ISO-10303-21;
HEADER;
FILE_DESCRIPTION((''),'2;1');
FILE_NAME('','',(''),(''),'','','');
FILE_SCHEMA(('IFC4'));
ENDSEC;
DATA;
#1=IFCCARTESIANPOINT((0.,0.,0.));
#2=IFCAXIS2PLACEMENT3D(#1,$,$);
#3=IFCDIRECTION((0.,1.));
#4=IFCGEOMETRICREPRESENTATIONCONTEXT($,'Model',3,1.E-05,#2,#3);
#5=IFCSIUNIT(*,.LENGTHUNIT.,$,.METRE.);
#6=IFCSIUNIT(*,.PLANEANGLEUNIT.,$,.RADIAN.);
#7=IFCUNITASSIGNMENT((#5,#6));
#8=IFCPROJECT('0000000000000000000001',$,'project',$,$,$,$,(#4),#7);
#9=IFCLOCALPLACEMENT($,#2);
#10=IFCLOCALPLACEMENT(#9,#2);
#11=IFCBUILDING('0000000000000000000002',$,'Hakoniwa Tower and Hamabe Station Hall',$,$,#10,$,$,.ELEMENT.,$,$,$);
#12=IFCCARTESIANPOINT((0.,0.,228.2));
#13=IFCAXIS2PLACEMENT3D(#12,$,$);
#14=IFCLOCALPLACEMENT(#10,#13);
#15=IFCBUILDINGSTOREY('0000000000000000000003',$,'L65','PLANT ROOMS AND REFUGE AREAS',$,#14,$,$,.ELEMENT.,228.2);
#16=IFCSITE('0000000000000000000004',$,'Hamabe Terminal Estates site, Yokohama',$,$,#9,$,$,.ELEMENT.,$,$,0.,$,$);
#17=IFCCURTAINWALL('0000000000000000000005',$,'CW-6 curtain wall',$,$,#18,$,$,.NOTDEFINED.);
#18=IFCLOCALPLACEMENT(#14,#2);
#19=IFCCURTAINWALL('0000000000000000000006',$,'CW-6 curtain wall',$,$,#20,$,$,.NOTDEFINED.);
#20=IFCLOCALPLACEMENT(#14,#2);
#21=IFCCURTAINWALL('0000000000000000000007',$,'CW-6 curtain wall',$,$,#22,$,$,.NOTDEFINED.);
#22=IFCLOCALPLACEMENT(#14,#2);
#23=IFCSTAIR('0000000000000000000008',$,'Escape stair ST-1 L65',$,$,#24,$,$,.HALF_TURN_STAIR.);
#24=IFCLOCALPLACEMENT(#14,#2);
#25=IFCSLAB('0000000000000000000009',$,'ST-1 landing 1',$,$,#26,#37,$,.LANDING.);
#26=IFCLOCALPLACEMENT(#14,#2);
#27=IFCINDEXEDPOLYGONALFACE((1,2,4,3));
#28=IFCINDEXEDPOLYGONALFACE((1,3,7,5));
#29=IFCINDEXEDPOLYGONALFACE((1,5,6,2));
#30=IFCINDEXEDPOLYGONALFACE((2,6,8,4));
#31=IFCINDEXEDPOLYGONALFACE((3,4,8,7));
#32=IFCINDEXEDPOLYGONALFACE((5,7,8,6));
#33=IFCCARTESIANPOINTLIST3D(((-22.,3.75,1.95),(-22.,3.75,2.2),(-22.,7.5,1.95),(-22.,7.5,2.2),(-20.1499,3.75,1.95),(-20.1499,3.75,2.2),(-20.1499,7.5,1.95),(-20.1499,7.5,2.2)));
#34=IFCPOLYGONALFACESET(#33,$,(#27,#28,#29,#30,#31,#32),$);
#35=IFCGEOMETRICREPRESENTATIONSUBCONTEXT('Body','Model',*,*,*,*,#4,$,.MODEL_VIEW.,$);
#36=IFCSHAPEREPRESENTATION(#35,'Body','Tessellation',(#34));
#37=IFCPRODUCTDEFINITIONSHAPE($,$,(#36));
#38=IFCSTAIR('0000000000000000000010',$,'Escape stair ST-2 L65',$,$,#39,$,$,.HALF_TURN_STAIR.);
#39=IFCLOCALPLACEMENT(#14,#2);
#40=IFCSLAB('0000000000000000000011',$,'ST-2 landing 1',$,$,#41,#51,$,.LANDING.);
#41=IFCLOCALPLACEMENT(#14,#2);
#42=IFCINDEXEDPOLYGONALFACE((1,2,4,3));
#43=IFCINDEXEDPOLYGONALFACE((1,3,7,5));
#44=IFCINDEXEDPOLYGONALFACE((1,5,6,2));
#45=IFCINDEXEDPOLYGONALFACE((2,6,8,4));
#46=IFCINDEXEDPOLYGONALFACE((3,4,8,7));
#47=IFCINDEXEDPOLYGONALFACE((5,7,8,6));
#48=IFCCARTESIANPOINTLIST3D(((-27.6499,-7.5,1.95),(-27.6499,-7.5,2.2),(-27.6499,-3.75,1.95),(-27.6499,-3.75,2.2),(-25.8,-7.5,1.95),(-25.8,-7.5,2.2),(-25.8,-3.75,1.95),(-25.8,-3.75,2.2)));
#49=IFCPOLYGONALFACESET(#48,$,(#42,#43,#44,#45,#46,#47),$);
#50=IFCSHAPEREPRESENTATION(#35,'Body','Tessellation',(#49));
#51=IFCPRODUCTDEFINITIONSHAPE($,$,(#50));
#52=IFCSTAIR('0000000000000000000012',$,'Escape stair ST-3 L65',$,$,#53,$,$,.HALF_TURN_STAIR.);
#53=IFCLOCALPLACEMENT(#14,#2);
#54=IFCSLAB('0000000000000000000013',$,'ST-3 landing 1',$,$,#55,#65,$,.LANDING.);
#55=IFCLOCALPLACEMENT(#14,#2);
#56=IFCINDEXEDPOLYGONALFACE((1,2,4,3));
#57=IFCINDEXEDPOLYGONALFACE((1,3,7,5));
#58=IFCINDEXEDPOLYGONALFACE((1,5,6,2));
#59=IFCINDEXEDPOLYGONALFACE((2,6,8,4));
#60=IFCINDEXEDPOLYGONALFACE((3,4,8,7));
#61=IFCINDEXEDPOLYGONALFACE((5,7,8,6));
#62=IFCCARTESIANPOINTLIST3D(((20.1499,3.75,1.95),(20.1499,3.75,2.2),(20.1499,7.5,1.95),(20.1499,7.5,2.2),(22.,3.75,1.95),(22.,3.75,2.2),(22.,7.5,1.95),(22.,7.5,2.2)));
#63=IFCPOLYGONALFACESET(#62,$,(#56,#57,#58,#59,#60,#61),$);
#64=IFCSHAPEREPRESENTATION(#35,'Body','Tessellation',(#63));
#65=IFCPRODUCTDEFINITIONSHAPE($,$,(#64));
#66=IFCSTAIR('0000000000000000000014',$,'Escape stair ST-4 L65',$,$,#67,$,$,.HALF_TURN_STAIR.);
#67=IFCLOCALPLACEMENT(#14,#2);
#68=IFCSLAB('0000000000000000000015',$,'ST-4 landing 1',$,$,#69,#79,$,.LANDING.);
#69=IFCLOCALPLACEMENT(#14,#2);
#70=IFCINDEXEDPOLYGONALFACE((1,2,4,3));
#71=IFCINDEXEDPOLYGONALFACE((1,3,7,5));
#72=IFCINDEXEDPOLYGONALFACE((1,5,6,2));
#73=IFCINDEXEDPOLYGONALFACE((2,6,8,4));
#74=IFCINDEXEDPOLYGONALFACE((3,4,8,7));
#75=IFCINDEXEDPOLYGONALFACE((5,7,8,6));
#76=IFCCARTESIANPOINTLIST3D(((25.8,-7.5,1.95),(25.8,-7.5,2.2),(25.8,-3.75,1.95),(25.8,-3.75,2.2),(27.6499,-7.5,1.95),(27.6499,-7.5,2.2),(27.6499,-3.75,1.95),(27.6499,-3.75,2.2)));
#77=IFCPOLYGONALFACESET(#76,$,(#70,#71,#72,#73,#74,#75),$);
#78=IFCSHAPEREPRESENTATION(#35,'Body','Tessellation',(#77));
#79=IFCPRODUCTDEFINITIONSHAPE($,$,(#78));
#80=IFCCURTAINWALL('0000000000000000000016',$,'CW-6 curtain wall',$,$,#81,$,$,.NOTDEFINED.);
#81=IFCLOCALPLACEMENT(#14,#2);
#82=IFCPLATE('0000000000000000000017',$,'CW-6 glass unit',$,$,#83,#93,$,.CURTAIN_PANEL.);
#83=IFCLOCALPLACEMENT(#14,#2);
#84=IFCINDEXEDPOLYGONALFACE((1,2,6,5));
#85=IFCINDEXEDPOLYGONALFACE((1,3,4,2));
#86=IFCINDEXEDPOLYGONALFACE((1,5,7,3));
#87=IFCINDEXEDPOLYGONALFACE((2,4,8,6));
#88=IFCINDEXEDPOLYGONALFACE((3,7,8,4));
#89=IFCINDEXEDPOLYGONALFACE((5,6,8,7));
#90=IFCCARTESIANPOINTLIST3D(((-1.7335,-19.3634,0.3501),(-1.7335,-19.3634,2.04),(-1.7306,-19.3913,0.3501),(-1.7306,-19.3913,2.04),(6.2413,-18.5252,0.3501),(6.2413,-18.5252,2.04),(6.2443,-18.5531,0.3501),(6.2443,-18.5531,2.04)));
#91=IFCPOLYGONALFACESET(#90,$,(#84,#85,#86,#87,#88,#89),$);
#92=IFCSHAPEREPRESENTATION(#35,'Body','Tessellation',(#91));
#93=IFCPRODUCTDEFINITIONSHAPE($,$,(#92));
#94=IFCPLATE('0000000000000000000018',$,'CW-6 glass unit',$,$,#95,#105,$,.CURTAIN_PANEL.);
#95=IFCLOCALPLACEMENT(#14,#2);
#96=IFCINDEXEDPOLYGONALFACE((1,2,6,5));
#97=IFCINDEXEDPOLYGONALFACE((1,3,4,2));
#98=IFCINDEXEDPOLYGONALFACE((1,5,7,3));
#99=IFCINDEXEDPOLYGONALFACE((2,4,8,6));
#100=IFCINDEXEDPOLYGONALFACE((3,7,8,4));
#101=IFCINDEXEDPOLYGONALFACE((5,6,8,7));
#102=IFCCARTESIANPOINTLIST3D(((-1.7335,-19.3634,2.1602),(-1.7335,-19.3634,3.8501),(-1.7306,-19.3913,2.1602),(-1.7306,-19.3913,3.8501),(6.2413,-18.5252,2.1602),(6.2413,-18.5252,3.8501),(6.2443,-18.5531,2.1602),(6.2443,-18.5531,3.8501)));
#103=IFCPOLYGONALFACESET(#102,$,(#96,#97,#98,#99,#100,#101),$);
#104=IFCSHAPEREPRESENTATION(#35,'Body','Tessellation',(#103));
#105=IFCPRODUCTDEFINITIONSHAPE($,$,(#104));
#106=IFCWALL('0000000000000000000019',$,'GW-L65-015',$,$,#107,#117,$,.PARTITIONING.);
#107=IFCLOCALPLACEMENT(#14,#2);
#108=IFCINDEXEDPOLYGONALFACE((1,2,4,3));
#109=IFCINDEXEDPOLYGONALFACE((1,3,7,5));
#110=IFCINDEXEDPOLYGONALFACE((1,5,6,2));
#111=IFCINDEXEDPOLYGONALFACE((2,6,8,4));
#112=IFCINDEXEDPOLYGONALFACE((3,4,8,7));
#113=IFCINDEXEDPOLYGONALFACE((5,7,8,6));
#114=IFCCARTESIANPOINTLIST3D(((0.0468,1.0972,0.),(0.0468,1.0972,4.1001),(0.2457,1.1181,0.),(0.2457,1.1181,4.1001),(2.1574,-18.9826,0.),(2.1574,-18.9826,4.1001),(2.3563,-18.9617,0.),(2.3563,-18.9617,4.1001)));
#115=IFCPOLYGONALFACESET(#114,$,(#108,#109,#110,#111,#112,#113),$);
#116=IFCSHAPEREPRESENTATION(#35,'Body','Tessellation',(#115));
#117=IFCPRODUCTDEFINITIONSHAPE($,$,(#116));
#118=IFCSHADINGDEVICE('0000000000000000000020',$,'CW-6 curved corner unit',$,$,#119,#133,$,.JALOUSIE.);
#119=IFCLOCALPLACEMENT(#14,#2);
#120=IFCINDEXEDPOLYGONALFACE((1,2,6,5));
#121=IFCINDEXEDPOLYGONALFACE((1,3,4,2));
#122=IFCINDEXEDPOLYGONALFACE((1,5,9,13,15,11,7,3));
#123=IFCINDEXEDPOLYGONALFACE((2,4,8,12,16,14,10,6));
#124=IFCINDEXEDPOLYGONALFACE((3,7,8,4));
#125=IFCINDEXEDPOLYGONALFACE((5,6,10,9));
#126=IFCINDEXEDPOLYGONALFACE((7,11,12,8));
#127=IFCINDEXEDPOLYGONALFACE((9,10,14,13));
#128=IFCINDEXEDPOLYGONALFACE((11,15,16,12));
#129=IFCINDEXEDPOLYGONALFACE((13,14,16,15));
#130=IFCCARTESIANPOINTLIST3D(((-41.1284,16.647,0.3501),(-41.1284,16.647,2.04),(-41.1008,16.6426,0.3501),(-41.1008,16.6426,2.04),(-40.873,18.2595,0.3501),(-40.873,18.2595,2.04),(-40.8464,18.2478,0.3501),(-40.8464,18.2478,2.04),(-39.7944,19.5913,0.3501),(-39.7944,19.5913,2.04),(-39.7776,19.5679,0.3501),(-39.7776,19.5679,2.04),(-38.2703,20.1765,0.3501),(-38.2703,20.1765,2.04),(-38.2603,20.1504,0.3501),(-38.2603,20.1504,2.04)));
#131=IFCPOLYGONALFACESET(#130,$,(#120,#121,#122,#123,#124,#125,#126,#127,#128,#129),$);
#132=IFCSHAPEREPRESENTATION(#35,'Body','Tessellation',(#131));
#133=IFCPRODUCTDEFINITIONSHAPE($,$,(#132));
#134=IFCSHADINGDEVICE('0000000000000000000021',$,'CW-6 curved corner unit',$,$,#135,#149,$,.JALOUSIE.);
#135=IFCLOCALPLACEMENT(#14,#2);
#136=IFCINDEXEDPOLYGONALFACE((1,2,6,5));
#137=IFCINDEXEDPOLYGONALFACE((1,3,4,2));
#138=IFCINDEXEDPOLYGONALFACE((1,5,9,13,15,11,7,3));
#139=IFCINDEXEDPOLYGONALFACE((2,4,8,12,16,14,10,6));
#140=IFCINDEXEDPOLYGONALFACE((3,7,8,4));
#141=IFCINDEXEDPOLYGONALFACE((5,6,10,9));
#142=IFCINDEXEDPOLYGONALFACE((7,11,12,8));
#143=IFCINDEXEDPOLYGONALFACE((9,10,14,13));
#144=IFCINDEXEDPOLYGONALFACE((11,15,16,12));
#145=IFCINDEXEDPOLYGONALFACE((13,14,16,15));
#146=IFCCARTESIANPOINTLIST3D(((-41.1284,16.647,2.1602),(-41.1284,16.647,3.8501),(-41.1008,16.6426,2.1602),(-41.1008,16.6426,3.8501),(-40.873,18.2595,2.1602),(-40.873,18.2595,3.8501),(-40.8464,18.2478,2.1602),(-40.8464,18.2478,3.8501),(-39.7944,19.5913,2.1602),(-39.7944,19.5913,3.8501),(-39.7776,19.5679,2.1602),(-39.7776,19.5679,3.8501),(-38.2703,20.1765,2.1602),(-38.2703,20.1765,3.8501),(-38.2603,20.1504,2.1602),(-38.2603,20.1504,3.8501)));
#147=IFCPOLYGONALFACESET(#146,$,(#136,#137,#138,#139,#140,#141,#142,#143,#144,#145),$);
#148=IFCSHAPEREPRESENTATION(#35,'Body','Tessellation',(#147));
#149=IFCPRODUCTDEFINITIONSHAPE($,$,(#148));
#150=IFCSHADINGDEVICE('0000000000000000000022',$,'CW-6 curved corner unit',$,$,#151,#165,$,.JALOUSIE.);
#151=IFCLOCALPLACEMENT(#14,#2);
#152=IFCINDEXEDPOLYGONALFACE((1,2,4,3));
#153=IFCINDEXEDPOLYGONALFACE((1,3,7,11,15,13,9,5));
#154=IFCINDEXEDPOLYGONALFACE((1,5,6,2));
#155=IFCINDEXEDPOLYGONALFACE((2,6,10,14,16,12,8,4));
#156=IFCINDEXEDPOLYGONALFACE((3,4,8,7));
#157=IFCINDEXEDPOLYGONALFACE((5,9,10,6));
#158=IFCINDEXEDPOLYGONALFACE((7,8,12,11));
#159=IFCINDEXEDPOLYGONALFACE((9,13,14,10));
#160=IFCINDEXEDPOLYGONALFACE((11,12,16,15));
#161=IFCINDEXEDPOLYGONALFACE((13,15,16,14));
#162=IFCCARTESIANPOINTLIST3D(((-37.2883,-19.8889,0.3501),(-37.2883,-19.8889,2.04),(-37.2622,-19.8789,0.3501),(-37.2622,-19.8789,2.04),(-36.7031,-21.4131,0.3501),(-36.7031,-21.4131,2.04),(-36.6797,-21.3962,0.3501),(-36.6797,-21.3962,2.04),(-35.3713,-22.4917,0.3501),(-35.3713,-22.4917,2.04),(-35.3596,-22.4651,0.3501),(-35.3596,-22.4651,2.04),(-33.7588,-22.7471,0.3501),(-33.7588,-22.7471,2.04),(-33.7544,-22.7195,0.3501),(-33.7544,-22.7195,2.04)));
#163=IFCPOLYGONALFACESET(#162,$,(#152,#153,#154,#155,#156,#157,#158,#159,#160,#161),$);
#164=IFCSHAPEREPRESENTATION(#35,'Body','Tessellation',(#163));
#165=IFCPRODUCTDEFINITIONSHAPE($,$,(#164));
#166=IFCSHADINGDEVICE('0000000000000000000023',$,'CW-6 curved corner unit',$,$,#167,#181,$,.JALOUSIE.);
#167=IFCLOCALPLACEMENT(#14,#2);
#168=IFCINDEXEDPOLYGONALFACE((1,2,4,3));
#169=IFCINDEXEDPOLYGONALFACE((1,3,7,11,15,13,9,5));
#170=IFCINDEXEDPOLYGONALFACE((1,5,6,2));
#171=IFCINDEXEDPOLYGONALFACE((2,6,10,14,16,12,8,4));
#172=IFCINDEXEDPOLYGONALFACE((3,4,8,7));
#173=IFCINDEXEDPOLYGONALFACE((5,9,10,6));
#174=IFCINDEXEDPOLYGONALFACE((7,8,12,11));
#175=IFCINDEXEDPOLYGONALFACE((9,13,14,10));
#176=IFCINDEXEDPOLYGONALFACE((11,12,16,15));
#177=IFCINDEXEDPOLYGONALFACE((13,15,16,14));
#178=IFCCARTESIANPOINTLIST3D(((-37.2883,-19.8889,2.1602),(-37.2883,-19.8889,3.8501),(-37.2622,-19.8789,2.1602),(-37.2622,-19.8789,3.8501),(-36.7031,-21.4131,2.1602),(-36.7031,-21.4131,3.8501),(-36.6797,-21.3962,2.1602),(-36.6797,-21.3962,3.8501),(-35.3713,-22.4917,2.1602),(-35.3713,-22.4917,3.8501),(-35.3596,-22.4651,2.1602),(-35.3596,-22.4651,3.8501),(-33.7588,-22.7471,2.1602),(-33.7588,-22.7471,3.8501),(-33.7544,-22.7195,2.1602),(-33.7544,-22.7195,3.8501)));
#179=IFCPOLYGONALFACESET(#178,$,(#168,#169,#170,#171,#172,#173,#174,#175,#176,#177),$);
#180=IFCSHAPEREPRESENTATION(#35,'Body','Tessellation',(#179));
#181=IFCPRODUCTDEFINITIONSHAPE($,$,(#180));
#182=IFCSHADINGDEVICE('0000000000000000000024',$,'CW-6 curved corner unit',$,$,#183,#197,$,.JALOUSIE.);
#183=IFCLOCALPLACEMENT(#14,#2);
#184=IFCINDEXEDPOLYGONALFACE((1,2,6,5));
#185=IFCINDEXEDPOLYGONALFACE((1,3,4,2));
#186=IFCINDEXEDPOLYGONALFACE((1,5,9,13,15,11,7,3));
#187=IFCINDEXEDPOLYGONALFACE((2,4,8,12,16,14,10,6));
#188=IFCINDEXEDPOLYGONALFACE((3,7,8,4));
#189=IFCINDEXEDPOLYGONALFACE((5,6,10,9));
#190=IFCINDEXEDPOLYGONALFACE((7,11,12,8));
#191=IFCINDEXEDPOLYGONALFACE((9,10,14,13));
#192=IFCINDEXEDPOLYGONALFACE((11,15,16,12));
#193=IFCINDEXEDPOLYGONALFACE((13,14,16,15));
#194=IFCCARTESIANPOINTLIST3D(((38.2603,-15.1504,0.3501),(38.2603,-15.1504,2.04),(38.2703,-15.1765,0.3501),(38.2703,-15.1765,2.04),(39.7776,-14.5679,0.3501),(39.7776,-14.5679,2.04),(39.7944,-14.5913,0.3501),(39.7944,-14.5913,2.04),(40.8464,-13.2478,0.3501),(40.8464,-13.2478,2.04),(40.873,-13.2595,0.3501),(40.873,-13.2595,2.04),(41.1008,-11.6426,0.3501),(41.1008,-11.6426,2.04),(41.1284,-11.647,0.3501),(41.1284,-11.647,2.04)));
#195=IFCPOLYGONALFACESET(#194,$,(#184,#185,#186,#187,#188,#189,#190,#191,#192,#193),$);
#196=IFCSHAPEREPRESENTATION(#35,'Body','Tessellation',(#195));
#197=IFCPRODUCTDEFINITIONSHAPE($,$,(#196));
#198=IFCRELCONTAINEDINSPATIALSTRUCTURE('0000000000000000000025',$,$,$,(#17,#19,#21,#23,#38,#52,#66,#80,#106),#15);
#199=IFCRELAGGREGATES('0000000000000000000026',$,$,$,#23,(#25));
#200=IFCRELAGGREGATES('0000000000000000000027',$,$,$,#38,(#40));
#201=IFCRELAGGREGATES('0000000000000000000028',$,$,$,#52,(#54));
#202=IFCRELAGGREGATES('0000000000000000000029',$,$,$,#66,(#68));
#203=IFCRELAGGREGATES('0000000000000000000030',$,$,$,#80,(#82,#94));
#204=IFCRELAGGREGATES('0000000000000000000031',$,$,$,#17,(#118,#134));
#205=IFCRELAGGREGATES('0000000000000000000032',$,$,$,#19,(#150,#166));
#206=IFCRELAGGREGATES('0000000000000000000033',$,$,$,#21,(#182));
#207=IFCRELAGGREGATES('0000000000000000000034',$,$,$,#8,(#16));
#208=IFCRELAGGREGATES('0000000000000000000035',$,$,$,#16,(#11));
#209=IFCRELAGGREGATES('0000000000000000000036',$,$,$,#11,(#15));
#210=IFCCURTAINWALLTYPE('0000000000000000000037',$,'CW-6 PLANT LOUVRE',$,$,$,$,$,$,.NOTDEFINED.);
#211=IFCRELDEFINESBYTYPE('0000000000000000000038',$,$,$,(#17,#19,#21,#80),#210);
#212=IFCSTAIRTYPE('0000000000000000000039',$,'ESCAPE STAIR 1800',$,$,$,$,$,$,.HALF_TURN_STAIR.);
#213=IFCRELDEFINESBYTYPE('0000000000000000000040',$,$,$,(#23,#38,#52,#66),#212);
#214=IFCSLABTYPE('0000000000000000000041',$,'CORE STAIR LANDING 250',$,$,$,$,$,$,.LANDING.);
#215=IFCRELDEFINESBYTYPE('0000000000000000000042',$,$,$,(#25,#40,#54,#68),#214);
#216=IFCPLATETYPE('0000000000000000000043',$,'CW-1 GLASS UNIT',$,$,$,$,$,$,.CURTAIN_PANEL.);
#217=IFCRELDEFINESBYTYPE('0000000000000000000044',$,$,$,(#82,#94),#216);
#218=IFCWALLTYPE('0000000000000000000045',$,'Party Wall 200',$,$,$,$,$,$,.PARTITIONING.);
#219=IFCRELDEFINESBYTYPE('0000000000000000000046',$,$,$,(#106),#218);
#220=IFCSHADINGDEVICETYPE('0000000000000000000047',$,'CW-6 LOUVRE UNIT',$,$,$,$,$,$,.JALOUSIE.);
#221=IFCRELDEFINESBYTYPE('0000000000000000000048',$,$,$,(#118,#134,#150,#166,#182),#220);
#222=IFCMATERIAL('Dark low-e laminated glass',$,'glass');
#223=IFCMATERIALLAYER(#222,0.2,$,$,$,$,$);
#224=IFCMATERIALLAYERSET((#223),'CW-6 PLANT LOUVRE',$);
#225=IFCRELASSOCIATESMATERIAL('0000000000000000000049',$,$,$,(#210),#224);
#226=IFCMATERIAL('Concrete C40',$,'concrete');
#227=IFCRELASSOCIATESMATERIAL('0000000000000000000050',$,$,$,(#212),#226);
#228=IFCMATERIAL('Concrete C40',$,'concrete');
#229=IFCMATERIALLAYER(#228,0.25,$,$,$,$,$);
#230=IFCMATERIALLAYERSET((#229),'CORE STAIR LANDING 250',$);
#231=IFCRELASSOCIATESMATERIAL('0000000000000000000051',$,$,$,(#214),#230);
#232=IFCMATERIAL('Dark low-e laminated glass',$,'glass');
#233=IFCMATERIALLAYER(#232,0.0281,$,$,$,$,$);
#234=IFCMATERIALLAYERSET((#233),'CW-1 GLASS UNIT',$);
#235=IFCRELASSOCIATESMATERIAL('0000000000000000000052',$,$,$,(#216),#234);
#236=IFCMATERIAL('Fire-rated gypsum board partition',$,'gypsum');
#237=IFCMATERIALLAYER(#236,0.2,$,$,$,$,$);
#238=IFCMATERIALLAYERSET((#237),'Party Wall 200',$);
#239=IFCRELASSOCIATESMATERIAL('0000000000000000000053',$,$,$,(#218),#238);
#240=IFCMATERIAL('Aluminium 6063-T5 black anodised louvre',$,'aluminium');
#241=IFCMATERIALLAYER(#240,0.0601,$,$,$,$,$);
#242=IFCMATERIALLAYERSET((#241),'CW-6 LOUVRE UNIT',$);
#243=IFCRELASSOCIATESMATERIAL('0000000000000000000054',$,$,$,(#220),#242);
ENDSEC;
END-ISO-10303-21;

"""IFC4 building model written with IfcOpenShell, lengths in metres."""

from ifc_helpers import new_model, si_unit, direction, frame, frame_2d, origin, origin_2d, place, context, subcontext, project, spatial, polyline, rectangle, outline, extrude, material, layer, layer_set, type_object, element, aggregate, save


model = new_model("IFC4")

# Units and contexts
model_context = context("Model", 3, precision=1e-05, world=origin(), true_north=direction((0.0, 1.0)))
body_context = subcontext(model_context, "Body", "Model", "MODEL_VIEW")
ifc_project = project(units=[si_unit("LENGTHUNIT", "METRE"), si_unit("PLANEANGLEUNIT", "RADIAN")], contexts=[model_context])

# Site, building, storey
site_placement = place(None, origin())
site = spatial("IfcSite", under=ifc_project, at=site_placement, Name="Hamabe Terminal Estates site, Yokohama", CompositionType="ELEMENT", RefElevation=0.0)
building_placement = place(site_placement, origin())
building = spatial("IfcBuilding", under=site, at=building_placement, Name="Hakoniwa Tower and Hamabe Station Hall", CompositionType="ELEMENT")
storey_placement = place(building_placement, frame((0.0, 0.0, 228.2)))
storey = spatial("IfcBuildingStorey", under=building, at=storey_placement, Name="L65", Description="PLANT ROOMS AND REFUGE AREAS", CompositionType="ELEMENT", Elevation=228.2)

# Curtain walls
ifc_material_1 = material(Name="Dark low-e laminated glass", Category="glass")
ifc_layer_1 = layer(ifc_material_1, 0.2)
ifc_layer_set_1 = layer_set([ifc_layer_1], Name="CW-6 PLANT LOUVRE")
curtain_wall_type = type_object("IfcCurtainWallType", Name="CW-6 PLANT LOUVRE", PredefinedType="NOTDEFINED", material=ifc_layer_set_1)
curtain_wall_1_placement = place(storey_placement, origin())
curtain_wall_1 = element("IfcCurtainWall", 1, at=curtain_wall_1_placement, inside=storey, type_object=curtain_wall_type, Name="CW-6 curtain wall", PredefinedType="NOTDEFINED")
curtain_wall_2_placement = place(storey_placement, origin())
curtain_wall_2 = element("IfcCurtainWall", 2, at=curtain_wall_2_placement, inside=storey, type_object=curtain_wall_type, Name="CW-6 curtain wall", PredefinedType="NOTDEFINED")
curtain_wall_3_placement = place(storey_placement, origin())
curtain_wall_3 = element("IfcCurtainWall", 3, at=curtain_wall_3_placement, inside=storey, type_object=curtain_wall_type, Name="CW-6 curtain wall", PredefinedType="NOTDEFINED")

# Stairs, slabs
ifc_material_2 = material(Name="Concrete C40", Category="concrete")
stair_type = type_object("IfcStairType", Name="ESCAPE STAIR 1800", PredefinedType="HALF_TURN_STAIR", material=ifc_material_2)
stair_1_placement = place(storey_placement, origin())
stair_1 = element("IfcStair", 4, at=stair_1_placement, inside=storey, type_object=stair_type, Name="Escape stair ST-1 L65", PredefinedType="HALF_TURN_STAIR")
ifc_material_3 = material(Name="Concrete C40", Category="concrete")
ifc_layer_2 = layer(ifc_material_3, 0.25)
ifc_layer_set_2 = layer_set([ifc_layer_2], Name="CORE STAIR LANDING 250")
slab_type = type_object("IfcSlabType", Name="CORE STAIR LANDING 250", PredefinedType="LANDING", material=ifc_layer_set_2)
slab_1_placement = place(storey_placement, frame((0.0, 0.0, 1.95)))
slab_1 = element("IfcSlab", 5, at=slab_1_placement, type_object=slab_type, Name="ST-1 landing 1", PredefinedType="LANDING", context=body_context, shape_type="SweptSolid", body=[
    extrude(outline(polyline([(-22.0, 3.75), (-20.1499, 3.75), (-20.1499, 7.5), (-22.0, 7.5), (-22.0, 3.75)])), origin(), (0.0, 0.0, 1.0), 0.25),
])
aggregate(stair_1, [slab_1])
stair_2_placement = place(storey_placement, origin())
stair_2 = element("IfcStair", 6, at=stair_2_placement, inside=storey, type_object=stair_type, Name="Escape stair ST-2 L65", PredefinedType="HALF_TURN_STAIR")
slab_2_placement = place(storey_placement, frame((0.0, 0.0, 1.95)))
slab_2 = element("IfcSlab", 7, at=slab_2_placement, type_object=slab_type, Name="ST-2 landing 1", PredefinedType="LANDING", context=body_context, shape_type="SweptSolid", body=[
    extrude(outline(polyline([(-25.8, -7.5), (-27.6499, -7.5), (-27.6499, -3.75), (-25.8, -3.75), (-25.8, -7.5)])), origin(), (0.0, 0.0, 1.0), 0.25),
])
aggregate(stair_2, [slab_2])
stair_3_placement = place(storey_placement, origin())
stair_3 = element("IfcStair", 8, at=stair_3_placement, inside=storey, type_object=stair_type, Name="Escape stair ST-3 L65", PredefinedType="HALF_TURN_STAIR")
slab_3_placement = place(storey_placement, frame((0.0, 0.0, 1.95)))
slab_3 = element("IfcSlab", 9, at=slab_3_placement, type_object=slab_type, Name="ST-3 landing 1", PredefinedType="LANDING", context=body_context, shape_type="SweptSolid", body=[
    extrude(outline(polyline([(22.0, 3.75), (20.1499, 3.75), (20.1499, 7.5), (22.0, 7.5), (22.0, 3.75)])), origin(), (0.0, 0.0, 1.0), 0.25),
])
aggregate(stair_3, [slab_3])
stair_4_placement = place(storey_placement, origin())
stair_4 = element("IfcStair", 10, at=stair_4_placement, inside=storey, type_object=stair_type, Name="Escape stair ST-4 L65", PredefinedType="HALF_TURN_STAIR")
slab_4_placement = place(storey_placement, frame((0.0, 0.0, 1.95)))
slab_4 = element("IfcSlab", 11, at=slab_4_placement, type_object=slab_type, Name="ST-4 landing 1", PredefinedType="LANDING", context=body_context, shape_type="SweptSolid", body=[
    extrude(outline(polyline([(25.8, -7.5), (27.6499, -7.5), (27.6499, -3.75), (25.8, -3.75), (25.8, -7.5)])), origin(), (0.0, 0.0, 1.0), 0.25),
])
aggregate(stair_4, [slab_4])

# Curtain wall, plates
curtain_wall_4_placement = place(storey_placement, origin())
curtain_wall_4 = element("IfcCurtainWall", 12, at=curtain_wall_4_placement, inside=storey, type_object=curtain_wall_type, Name="CW-6 curtain wall", PredefinedType="NOTDEFINED")
ifc_material_4 = material(Name="Dark low-e laminated glass", Category="glass")
ifc_layer_3 = layer(ifc_material_4, 0.0281)
ifc_layer_set_3 = layer_set([ifc_layer_3], Name="CW-1 GLASS UNIT")
plate_type = type_object("IfcPlateType", Name="CW-1 GLASS UNIT", PredefinedType="CURTAIN_PANEL", material=ifc_layer_set_3)
plate_1_placement = place(storey_placement, frame((2.2554, -18.9583, 0.3501), z_axis=(0.0, 0.0, 1.0), x_axis=(0.994522, 0.104528, 0.0)))
plate_1 = element("IfcPlate", 13, at=plate_1_placement, type_object=plate_type, Name="CW-6 glass unit", PredefinedType="CURTAIN_PANEL", context=body_context, shape_type="SweptSolid", body=[
    extrude(rectangle(XDim=8.0188, YDim=0.0281, at=origin_2d()), origin(), (0.0, 0.0, 1.0), 1.6899),
])
plate_2_placement = place(storey_placement, frame((2.2554, -18.9583, 2.1602), z_axis=(0.0, 0.0, 1.0), x_axis=(0.994522, 0.104528, 0.0)))
plate_2 = element("IfcPlate", 14, at=plate_2_placement, type_object=plate_type, Name="CW-6 glass unit", PredefinedType="CURTAIN_PANEL", context=body_context, shape_type="SweptSolid", body=[
    extrude(rectangle(XDim=8.0188, YDim=0.0281, at=origin_2d()), origin(), (0.0, 0.0, 1.0), 1.6899),
])
aggregate(curtain_wall_4, [plate_1, plate_2])

# Wall
ifc_material_5 = material(Name="Fire-rated gypsum board partition", Category="gypsum")
ifc_layer_4 = layer(ifc_material_5, 0.2)
ifc_layer_set_4 = layer_set([ifc_layer_4], Name="Party Wall 200")
wall_type = type_object("IfcWallType", Name="Party Wall 200", PredefinedType="PARTITIONING", material=ifc_layer_set_4)
wall_placement = place(storey_placement, frame((2.2568, -18.9722, 0.0), z_axis=(0.0, 0.0, 1.0), x_axis=(-0.104534, 0.994521, 0.0)))
element("IfcWall", 15, at=wall_placement, inside=storey, type_object=wall_type, Name="GW-L65-015", PredefinedType="PARTITIONING", context=body_context, shape_type="SweptSolid", body=[
    extrude(rectangle(XDim=20.1904, YDim=0.2, at=frame_2d((10.0952, 0.0))), origin(), (0.0, 0.0, 1.0), 4.1001),
])

# Shading devices
ifc_material_6 = material(Name="Aluminium 6063-T5 black anodised louvre", Category="aluminium")
ifc_layer_5 = layer(ifc_material_6, 0.0601)
ifc_layer_set_5 = layer_set([ifc_layer_5], Name="CW-6 LOUVRE UNIT")
shading_device_type = type_object("IfcShadingDeviceType", Name="CW-6 LOUVRE UNIT", PredefinedType="JALOUSIE", material=ifc_layer_set_5)
shading_device_1_placement = place(storey_placement, frame((0.0, 0.0, 0.3501)))
shading_device_1 = element("IfcShadingDevice", 16, at=shading_device_1_placement, type_object=shading_device_type, Name="CW-6 curved corner unit", PredefinedType="JALOUSIE", context=body_context, shape_type="SweptSolid", body=[
    extrude(outline(polyline([(-38.2703, 20.1765), (-39.7944, 19.5913), (-40.873, 18.2595), (-41.1284, 16.647), (-41.1008, 16.6426), (-40.8464, 18.2478), (-39.7776, 19.5679), (-38.2603, 20.1504), (-38.2703, 20.1765)])), origin(), (0.0, 0.0, 1.0), 1.6899),
])
shading_device_2_placement = place(storey_placement, frame((0.0, 0.0, 2.1602)))
shading_device_2 = element("IfcShadingDevice", 17, at=shading_device_2_placement, type_object=shading_device_type, Name="CW-6 curved corner unit", PredefinedType="JALOUSIE", context=body_context, shape_type="SweptSolid", body=[
    extrude(outline(polyline([(-38.2703, 20.1765), (-39.7944, 19.5913), (-40.873, 18.2595), (-41.1284, 16.647), (-41.1008, 16.6426), (-40.8464, 18.2478), (-39.7776, 19.5679), (-38.2603, 20.1504), (-38.2703, 20.1765)])), origin(), (0.0, 0.0, 1.0), 1.6899),
])
aggregate(curtain_wall_1, [shading_device_1, shading_device_2])
shading_device_3_placement = place(storey_placement, frame((0.0, 0.0, 0.3501)))
shading_device_3 = element("IfcShadingDevice", 18, at=shading_device_3_placement, type_object=shading_device_type, Name="CW-6 curved corner unit", PredefinedType="JALOUSIE", context=body_context, shape_type="SweptSolid", body=[
    extrude(outline(polyline([(-37.2883, -19.8889), (-36.7031, -21.4131), (-35.3713, -22.4917), (-33.7588, -22.7471), (-33.7544, -22.7195), (-35.3596, -22.4651), (-36.6797, -21.3962), (-37.2622, -19.8789), (-37.2883, -19.8889)])), origin(), (0.0, 0.0, 1.0), 1.6899),
])
shading_device_4_placement = place(storey_placement, frame((0.0, 0.0, 2.1602)))
shading_device_4 = element("IfcShadingDevice", 19, at=shading_device_4_placement, type_object=shading_device_type, Name="CW-6 curved corner unit", PredefinedType="JALOUSIE", context=body_context, shape_type="SweptSolid", body=[
    extrude(outline(polyline([(-37.2883, -19.8889), (-36.7031, -21.4131), (-35.3713, -22.4917), (-33.7588, -22.7471), (-33.7544, -22.7195), (-35.3596, -22.4651), (-36.6797, -21.3962), (-37.2622, -19.8789), (-37.2883, -19.8889)])), origin(), (0.0, 0.0, 1.0), 1.6899),
])
aggregate(curtain_wall_2, [shading_device_3, shading_device_4])
shading_device_5_placement = place(storey_placement, frame((0.0, 0.0, 0.3501)))
shading_device_5 = element("IfcShadingDevice", 20, at=shading_device_5_placement, type_object=shading_device_type, Name="CW-6 curved corner unit", PredefinedType="JALOUSIE", context=body_context, shape_type="SweptSolid", body=[
    extrude(outline(polyline([(38.2703, -15.1765), (39.7944, -14.5913), (40.873, -13.2595), (41.1284, -11.647), (41.1008, -11.6426), (40.8464, -13.2478), (39.7776, -14.5679), (38.2603, -15.1504), (38.2703, -15.1765)])), origin(), (0.0, 0.0, 1.0), 1.6899),
])
aggregate(curtain_wall_3, [shading_device_5])

save(model, "model.ifc")
